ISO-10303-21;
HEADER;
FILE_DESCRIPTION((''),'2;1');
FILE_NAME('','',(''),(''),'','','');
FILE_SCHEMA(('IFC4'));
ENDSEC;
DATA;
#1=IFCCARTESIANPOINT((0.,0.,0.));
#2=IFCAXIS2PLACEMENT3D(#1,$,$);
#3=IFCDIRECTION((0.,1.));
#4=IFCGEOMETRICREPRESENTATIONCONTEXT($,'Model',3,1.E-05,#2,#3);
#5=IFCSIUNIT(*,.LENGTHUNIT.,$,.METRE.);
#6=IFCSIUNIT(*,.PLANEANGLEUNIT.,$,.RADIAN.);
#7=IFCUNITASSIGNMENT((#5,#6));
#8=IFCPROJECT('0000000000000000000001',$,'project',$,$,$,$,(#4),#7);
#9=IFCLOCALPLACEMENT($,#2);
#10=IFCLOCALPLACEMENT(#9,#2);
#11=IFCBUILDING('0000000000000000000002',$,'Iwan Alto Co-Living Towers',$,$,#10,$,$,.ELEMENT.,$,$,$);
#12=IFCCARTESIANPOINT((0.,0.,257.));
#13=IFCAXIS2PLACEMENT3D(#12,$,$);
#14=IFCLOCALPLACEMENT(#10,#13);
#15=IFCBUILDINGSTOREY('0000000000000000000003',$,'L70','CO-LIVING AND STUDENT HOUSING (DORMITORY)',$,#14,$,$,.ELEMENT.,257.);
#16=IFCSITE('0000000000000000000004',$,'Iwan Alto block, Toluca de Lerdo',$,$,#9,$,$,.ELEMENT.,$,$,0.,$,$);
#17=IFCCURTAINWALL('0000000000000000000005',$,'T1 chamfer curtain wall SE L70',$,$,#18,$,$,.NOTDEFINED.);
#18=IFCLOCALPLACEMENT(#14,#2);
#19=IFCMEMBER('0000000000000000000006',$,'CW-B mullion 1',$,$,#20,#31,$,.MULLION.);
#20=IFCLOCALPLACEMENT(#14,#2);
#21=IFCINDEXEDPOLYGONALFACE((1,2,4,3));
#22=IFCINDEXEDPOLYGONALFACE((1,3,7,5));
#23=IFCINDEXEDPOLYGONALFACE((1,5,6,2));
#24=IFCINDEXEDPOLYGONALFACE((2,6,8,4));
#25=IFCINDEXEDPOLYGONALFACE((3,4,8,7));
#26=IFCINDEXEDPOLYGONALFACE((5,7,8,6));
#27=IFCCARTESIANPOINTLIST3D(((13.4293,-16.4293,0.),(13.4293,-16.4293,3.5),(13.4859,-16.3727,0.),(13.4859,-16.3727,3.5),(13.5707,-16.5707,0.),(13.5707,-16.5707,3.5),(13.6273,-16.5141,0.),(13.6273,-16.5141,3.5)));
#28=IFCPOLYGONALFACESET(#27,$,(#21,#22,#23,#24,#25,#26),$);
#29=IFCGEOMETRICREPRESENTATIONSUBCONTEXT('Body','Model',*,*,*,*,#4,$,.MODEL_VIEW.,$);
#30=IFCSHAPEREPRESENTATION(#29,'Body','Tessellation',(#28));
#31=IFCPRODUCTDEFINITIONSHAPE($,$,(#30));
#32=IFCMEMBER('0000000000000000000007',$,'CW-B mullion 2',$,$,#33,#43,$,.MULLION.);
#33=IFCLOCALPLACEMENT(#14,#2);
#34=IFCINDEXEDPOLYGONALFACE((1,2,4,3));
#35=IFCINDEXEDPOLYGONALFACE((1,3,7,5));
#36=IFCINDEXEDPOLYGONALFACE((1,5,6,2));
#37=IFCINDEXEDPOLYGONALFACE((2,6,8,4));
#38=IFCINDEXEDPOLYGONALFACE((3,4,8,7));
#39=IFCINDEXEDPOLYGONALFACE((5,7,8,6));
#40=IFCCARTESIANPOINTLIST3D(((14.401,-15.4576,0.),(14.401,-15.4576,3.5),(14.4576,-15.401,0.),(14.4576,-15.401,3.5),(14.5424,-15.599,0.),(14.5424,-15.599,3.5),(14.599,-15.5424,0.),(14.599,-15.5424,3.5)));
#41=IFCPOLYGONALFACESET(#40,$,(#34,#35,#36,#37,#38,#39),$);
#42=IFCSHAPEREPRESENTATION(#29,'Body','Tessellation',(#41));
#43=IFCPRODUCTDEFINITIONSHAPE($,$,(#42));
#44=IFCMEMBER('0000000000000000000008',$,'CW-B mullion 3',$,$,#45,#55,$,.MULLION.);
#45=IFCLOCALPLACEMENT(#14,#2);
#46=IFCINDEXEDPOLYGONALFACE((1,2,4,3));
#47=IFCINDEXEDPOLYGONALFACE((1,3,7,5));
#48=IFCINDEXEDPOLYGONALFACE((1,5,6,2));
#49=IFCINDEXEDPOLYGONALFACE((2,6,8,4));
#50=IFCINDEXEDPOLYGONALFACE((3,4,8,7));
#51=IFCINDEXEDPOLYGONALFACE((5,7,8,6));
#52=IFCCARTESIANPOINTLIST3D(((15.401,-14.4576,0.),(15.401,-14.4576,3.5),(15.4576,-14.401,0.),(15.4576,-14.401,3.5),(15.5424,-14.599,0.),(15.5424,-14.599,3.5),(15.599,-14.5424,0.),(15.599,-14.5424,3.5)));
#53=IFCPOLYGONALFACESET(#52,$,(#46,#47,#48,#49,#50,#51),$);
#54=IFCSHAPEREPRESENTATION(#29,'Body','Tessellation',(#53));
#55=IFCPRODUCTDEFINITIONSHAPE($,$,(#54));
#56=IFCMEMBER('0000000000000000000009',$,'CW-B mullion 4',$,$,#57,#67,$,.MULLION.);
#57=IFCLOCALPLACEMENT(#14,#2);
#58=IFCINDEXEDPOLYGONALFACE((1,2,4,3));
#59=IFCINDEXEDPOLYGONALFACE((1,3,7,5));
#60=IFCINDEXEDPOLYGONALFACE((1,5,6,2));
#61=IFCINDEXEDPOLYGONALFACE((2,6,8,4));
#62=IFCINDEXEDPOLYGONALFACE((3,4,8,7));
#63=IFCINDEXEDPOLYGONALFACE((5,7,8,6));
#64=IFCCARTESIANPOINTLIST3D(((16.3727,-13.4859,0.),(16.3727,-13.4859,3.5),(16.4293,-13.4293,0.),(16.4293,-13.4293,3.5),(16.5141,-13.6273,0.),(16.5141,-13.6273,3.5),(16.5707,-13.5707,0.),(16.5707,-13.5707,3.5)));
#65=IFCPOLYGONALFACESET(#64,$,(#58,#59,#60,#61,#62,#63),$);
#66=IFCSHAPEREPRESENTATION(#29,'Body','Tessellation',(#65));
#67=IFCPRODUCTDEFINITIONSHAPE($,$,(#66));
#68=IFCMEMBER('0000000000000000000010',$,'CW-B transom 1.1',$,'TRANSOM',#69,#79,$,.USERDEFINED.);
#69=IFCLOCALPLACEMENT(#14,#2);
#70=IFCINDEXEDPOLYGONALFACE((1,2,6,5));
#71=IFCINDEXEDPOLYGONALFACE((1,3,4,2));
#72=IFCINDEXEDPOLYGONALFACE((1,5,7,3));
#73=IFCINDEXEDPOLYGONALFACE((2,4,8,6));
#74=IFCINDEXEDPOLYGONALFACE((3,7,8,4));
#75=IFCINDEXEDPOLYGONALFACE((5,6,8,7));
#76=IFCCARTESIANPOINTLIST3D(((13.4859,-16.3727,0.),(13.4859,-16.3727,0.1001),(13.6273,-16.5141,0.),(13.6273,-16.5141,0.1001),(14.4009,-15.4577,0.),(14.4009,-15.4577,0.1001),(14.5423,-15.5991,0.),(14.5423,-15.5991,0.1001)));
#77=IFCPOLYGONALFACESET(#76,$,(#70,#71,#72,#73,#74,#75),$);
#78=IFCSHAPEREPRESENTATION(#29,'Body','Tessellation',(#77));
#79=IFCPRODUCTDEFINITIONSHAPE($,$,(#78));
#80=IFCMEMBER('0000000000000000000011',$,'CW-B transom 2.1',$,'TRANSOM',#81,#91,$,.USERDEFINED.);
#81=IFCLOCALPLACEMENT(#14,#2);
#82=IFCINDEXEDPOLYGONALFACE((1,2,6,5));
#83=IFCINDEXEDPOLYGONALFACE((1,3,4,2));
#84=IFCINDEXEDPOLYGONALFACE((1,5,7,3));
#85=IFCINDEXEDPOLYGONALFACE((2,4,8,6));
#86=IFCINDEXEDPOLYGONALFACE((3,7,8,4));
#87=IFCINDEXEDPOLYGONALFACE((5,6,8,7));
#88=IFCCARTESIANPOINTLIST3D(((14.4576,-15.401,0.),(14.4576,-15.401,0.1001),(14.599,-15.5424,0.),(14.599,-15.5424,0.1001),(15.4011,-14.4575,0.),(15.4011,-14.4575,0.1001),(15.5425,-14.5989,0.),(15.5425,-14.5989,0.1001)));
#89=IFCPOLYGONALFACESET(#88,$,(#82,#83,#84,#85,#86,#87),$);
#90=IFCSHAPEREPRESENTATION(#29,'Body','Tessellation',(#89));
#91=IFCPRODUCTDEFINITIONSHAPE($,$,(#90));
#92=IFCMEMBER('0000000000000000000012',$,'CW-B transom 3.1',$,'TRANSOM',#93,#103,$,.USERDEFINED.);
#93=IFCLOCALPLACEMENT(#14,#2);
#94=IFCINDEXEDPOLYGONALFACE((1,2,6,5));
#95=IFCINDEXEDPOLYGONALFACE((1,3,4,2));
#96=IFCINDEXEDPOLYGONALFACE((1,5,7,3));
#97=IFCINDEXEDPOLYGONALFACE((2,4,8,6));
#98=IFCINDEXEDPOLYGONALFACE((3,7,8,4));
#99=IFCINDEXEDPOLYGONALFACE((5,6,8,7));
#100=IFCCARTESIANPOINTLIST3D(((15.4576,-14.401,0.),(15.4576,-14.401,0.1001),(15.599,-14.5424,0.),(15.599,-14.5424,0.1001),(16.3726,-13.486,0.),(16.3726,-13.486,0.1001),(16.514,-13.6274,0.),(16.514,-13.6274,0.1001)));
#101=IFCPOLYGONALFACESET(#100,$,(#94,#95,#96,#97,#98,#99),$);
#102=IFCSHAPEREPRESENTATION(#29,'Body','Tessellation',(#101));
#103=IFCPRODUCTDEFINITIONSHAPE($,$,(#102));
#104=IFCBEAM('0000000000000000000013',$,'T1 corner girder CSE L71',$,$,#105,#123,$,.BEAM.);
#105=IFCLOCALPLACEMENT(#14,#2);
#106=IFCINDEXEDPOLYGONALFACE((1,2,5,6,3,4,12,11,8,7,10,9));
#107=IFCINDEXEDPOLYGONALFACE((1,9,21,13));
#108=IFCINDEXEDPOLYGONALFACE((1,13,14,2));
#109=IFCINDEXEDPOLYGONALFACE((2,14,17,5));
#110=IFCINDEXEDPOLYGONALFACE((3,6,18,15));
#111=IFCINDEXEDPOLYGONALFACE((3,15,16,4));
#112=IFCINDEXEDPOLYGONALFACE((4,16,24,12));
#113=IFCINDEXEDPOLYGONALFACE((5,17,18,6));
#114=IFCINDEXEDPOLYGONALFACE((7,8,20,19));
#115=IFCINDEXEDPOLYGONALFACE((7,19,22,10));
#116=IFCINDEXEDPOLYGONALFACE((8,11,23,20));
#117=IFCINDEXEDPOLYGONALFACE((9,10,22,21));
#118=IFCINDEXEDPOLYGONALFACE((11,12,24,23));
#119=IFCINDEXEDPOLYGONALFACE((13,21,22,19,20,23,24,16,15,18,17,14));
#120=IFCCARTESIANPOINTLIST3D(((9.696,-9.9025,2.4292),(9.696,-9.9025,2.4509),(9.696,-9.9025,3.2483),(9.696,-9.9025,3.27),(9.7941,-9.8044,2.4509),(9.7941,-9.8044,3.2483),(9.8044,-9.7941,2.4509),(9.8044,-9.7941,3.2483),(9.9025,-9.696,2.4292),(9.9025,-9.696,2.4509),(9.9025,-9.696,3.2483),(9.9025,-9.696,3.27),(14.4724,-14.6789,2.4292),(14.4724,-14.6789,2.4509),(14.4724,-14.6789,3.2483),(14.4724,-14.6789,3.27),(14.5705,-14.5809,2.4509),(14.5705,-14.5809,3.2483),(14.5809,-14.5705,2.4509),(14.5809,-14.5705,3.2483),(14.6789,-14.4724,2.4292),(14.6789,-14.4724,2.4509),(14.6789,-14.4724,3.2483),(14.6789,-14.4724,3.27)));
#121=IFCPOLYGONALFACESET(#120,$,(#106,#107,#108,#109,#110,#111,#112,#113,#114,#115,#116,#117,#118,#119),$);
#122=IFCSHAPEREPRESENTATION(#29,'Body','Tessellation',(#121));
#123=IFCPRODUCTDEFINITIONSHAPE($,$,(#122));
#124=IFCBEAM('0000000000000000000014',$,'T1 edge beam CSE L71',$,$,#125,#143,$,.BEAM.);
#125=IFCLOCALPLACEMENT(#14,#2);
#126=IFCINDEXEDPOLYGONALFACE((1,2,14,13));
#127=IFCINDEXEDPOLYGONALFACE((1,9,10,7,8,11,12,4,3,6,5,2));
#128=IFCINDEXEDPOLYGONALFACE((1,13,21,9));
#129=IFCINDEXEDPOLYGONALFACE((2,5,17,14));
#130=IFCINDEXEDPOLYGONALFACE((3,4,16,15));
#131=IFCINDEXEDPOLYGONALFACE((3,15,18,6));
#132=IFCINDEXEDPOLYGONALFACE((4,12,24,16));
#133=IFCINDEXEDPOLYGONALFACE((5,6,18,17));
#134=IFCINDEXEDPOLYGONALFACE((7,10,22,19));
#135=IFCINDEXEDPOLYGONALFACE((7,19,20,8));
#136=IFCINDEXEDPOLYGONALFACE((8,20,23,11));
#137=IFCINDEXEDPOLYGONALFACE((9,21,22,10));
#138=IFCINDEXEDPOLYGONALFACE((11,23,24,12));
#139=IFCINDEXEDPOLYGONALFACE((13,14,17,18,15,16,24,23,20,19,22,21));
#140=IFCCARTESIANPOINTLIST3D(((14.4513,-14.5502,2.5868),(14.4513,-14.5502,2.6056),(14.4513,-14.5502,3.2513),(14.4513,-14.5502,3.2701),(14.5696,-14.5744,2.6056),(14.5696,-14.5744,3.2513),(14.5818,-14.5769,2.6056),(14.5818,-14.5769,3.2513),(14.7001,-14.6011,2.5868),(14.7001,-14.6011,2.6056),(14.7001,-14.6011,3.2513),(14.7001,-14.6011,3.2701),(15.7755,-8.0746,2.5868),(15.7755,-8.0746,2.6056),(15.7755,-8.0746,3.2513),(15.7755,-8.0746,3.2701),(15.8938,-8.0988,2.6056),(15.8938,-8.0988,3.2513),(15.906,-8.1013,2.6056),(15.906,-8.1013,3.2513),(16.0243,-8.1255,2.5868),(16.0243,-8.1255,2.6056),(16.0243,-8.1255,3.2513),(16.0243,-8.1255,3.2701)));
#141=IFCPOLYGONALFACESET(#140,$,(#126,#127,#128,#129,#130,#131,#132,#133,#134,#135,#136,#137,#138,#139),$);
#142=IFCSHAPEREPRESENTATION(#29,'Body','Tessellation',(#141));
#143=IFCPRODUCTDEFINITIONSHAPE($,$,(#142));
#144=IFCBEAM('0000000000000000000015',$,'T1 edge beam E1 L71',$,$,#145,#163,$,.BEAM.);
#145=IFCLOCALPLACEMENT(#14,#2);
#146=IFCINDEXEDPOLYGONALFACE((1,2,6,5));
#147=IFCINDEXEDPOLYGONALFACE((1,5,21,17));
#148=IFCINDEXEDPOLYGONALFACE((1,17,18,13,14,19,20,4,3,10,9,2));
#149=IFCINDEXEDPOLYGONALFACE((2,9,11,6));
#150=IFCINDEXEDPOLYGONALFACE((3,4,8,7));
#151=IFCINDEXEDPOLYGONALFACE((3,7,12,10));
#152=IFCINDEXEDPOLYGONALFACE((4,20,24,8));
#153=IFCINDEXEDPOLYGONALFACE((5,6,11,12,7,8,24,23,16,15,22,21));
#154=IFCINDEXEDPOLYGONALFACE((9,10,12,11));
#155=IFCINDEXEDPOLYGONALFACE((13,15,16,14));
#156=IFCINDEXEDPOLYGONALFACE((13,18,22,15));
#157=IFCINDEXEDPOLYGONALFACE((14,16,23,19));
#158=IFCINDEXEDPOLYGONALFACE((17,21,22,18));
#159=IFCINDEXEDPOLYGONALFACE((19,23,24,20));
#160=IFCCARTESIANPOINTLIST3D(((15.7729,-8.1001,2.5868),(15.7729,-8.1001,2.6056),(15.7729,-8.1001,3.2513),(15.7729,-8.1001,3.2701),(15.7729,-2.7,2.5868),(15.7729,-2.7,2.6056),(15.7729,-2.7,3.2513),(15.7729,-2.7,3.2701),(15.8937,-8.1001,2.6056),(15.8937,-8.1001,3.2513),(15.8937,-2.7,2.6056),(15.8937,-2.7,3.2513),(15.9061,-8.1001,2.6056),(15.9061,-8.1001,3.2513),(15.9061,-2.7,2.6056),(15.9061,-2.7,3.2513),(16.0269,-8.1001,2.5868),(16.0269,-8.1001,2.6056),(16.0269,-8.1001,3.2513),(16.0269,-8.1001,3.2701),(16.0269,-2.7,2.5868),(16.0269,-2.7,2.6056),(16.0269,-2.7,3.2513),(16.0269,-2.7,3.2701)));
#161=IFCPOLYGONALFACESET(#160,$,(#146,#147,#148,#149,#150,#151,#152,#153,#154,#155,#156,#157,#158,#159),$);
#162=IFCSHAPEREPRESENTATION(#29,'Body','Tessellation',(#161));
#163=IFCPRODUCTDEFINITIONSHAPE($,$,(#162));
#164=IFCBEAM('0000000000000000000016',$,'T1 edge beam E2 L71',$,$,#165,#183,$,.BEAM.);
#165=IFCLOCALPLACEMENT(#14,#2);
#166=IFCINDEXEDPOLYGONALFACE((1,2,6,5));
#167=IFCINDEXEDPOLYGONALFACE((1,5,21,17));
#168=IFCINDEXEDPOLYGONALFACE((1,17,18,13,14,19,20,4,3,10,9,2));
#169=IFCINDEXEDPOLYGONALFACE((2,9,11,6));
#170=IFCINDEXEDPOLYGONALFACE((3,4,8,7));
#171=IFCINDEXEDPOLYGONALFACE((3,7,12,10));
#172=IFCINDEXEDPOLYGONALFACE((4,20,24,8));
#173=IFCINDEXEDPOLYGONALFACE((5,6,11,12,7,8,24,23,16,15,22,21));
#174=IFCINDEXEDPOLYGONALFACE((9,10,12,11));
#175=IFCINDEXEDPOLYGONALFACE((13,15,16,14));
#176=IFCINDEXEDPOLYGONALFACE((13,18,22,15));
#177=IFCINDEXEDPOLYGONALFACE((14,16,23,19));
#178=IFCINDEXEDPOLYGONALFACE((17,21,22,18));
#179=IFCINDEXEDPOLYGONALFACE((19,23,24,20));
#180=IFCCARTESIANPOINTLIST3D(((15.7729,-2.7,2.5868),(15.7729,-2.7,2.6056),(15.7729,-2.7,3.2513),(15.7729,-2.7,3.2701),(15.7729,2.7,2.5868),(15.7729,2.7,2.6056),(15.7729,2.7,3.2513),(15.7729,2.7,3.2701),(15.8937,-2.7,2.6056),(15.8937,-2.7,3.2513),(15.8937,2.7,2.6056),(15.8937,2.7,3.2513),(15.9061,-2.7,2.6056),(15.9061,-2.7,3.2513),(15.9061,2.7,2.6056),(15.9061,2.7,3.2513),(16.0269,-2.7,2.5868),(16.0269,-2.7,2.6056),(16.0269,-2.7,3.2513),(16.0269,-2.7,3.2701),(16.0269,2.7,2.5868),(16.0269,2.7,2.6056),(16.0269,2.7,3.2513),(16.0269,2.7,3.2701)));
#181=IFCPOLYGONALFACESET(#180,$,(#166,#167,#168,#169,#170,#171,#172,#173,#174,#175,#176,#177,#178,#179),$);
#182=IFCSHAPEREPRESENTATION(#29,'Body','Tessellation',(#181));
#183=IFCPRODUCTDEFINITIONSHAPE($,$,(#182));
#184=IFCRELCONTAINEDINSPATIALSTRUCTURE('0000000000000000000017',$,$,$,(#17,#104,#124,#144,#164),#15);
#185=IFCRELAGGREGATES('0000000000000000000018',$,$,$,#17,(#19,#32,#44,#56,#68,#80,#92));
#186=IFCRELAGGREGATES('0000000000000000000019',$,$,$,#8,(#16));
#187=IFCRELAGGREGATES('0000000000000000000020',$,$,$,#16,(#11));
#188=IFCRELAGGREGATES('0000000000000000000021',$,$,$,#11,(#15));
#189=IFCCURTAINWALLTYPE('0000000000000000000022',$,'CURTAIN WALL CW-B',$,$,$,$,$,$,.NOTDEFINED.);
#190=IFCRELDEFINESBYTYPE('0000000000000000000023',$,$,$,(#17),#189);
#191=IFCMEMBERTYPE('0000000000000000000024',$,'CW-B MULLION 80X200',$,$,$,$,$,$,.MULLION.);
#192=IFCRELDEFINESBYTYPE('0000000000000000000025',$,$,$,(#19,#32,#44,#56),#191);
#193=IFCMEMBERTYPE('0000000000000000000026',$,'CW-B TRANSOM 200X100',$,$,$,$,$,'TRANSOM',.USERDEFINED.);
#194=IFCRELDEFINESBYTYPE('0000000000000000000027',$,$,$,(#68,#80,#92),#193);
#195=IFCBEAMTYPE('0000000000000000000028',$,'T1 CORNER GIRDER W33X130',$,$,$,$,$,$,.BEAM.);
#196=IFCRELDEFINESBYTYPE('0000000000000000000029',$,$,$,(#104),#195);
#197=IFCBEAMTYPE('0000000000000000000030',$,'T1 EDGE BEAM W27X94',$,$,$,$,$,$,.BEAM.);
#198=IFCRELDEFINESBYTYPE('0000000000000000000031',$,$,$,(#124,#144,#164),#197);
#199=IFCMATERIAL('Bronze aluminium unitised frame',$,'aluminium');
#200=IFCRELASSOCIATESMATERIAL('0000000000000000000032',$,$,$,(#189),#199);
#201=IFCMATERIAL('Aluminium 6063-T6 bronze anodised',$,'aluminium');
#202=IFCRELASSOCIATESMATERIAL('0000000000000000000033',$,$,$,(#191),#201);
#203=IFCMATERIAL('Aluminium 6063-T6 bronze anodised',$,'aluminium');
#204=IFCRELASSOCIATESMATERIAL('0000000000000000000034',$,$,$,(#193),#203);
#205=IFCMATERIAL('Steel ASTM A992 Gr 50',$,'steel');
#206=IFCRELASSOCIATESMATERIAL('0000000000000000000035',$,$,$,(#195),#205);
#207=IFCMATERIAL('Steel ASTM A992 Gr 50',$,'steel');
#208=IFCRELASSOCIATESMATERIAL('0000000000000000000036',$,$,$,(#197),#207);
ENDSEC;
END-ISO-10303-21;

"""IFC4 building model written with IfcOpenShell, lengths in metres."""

from ifc_helpers import new_model, si_unit, direction, frame, origin, origin_2d, place, context, subcontext, project, spatial, rectangle, i_section, extrude, material, material_profile, profile_set, type_object, element, aggregate, save


model = new_model("IFC4")

# Units and contexts
model_context = context("Model", 3, precision=1e-05, world=origin(), true_north=direction((0.0, 1.0)))
body_context = subcontext(model_context, "Body", "Model", "MODEL_VIEW")
ifc_project = project(units=[si_unit("LENGTHUNIT", "METRE"), si_unit("PLANEANGLEUNIT", "RADIAN")], contexts=[model_context])

# Site, building, storey
site_placement = place(None, origin())
site = spatial("IfcSite", under=ifc_project, at=site_placement, Name="Iwan Alto block, Toluca de Lerdo", CompositionType="ELEMENT", RefElevation=0.0)
building_placement = place(site_placement, origin())
building = spatial("IfcBuilding", under=site, at=building_placement, Name="Iwan Alto Co-Living Towers", CompositionType="ELEMENT")
storey_placement = place(building_placement, frame((0.0, 0.0, 257.0)))
storey = spatial("IfcBuildingStorey", under=building, at=storey_placement, Name="L70", Description="CO-LIVING AND STUDENT HOUSING (DORMITORY)", CompositionType="ELEMENT", Elevation=257.0)

# Curtain wall, members
ifc_material_1 = material(Name="Bronze aluminium unitised frame", Category="aluminium")
curtain_wall_type_1 = type_object("IfcCurtainWallType", Name="CURTAIN WALL CW-B", PredefinedType="NOTDEFINED", material=ifc_material_1)
curtain_wall_1_placement = place(storey_placement, origin())
curtain_wall_1 = element("IfcCurtainWall", 1, at=curtain_wall_1_placement, inside=storey, type_object=curtain_wall_type_1, Name="T1 chamfer curtain wall SE L70", PredefinedType="NOTDEFINED")
ifc_material_2 = material(Name="Aluminium 6063-T6 bronze anodised", Category="aluminium")
ifc_material_profile_1 = material_profile(ifc_material_2, rectangle(XDim=0.2, YDim=0.0801, at=origin_2d()), Name="AL 80X200")
ifc_profile_set_1 = profile_set([ifc_material_profile_1], Name="Aluminium 6063-T6 bronze anodised")
member_type_1 = type_object("IfcMemberType", Name="CW-B MULLION 80X200", PredefinedType="MULLION", material=ifc_profile_set_1)
member_1_placement = place(storey_placement, frame((13.5283, -16.4717, 0.0), z_axis=(0.0, 0.0, 1.0), x_axis=(-0.707107, 0.707107, 0.0)))
member_1 = element("IfcMember", 2, at=member_1_placement, type_object=member_type_1, Name="CW-B mullion 1", PredefinedType="MULLION", context=body_context, shape_type="SweptSolid", body=[
    extrude(rectangle(XDim=0.2, YDim=0.0801, at=origin_2d()), origin(), (0.0, 0.0, 1.0), 3.5),
])
member_2_placement = place(storey_placement, frame((14.5, -15.5, 0.0), z_axis=(0.0, 0.0, 1.0), x_axis=(-0.707107, 0.707107, 0.0)))
member_2 = element("IfcMember", 3, at=member_2_placement, type_object=member_type_1, Name="CW-B mullion 2", PredefinedType="MULLION", context=body_context, shape_type="SweptSolid", body=[
    extrude(rectangle(XDim=0.2, YDim=0.0801, at=origin_2d()), origin(), (0.0, 0.0, 1.0), 3.5),
])
member_3_placement = place(storey_placement, frame((15.5, -14.5, 0.0), z_axis=(0.0, 0.0, 1.0), x_axis=(-0.707107, 0.707107, 0.0)))
member_3 = element("IfcMember", 4, at=member_3_placement, type_object=member_type_1, Name="CW-B mullion 3", PredefinedType="MULLION", context=body_context, shape_type="SweptSolid", body=[
    extrude(rectangle(XDim=0.2, YDim=0.0801, at=origin_2d()), origin(), (0.0, 0.0, 1.0), 3.5),
])
member_4_placement = place(storey_placement, frame((16.4717, -13.5283, 0.0), z_axis=(0.0, 0.0, 1.0), x_axis=(-0.707107, 0.707107, 0.0)))
member_4 = element("IfcMember", 5, at=member_4_placement, type_object=member_type_1, Name="CW-B mullion 4", PredefinedType="MULLION", context=body_context, shape_type="SweptSolid", body=[
    extrude(rectangle(XDim=0.2, YDim=0.0801, at=origin_2d()), origin(), (0.0, 0.0, 1.0), 3.5),
])
ifc_material_3 = material(Name="Aluminium 6063-T6 bronze anodised", Category="aluminium")
ifc_material_profile_2 = material_profile(ifc_material_3, rectangle(XDim=0.2, YDim=0.1001, at=origin_2d()), Name="AL 200X100")
ifc_profile_set_2 = profile_set([ifc_material_profile_2], Name="Aluminium 6063-T6 bronze anodised")
member_type_2 = type_object("IfcMemberType", Name="CW-B TRANSOM 200X100", ElementType="TRANSOM", PredefinedType="USERDEFINED", material=ifc_profile_set_2)
member_5_placement = place(storey_placement, frame((13.5566, -16.4434, 0.05), z_axis=(0.707107, 0.707107, 0.0), x_axis=(-0.707107, 0.707107, 0.0)))
member_5 = element("IfcMember", 6, at=member_5_placement, type_object=member_type_2, Name="CW-B transom 1.1", ObjectType="TRANSOM", PredefinedType="USERDEFINED", context=body_context, shape_type="SweptSolid", body=[
    extrude(rectangle(XDim=0.2, YDim=0.1001, at=origin_2d()), origin(), (0.0, 0.0, 1.0), 1.2939),
])
member_6_placement = place(storey_placement, frame((14.5283, -15.4717, 0.05), z_axis=(0.707107, 0.707107, 0.0), x_axis=(-0.707107, 0.707107, 0.0)))
member_6 = element("IfcMember", 7, at=member_6_placement, type_object=member_type_2, Name="CW-B transom 2.1", ObjectType="TRANSOM", PredefinedType="USERDEFINED", context=body_context, shape_type="SweptSolid", body=[
    extrude(rectangle(XDim=0.2, YDim=0.1001, at=origin_2d()), origin(), (0.0, 0.0, 1.0), 1.3342),
])
member_7_placement = place(storey_placement, frame((15.5283, -14.4717, 0.05), z_axis=(0.707107, 0.707107, 0.0), x_axis=(-0.707107, 0.707107, 0.0)))
member_7 = element("IfcMember", 8, at=member_7_placement, type_object=member_type_2, Name="CW-B transom 3.1", ObjectType="TRANSOM", PredefinedType="USERDEFINED", context=body_context, shape_type="SweptSolid", body=[
    extrude(rectangle(XDim=0.2, YDim=0.1001, at=origin_2d()), origin(), (0.0, 0.0, 1.0), 1.2939),
])

# Beams
ifc_material_4 = material(Name="Steel ASTM A992 Gr 50", Category="steel")
ifc_material_profile_3 = material_profile(ifc_material_4, i_section(OverallWidth=0.292, OverallDepth=0.8408, WebThickness=0.0146, FlangeThickness=0.0217, at=origin_2d()), Name="W33X130")
ifc_profile_set_3 = profile_set([ifc_material_profile_3], Name="Steel ASTM A992 Gr 50")
beam_type_1 = type_object("IfcBeamType", Name="T1 CORNER GIRDER W33X130", PredefinedType="BEAM", material=ifc_profile_set_3)
beam_1_placement = place(storey_placement, frame((14.5757, -14.5757, 2.8496), z_axis=(-0.707107, 0.707107, 0.0), x_axis=(-0.707107, -0.707107, 0.0)))
element("IfcBeam", 9, at=beam_1_placement, inside=storey, type_object=beam_type_1, Name="T1 corner girder CSE L71", PredefinedType="BEAM", context=body_context, shape_type="SweptSolid", body=[
    extrude(i_section(OverallWidth=0.292, OverallDepth=0.8408, WebThickness=0.0146, FlangeThickness=0.0217, at=origin_2d()), origin(), (0.0, 0.0, 1.0), 6.7549),
])
ifc_material_5 = material(Name="Steel ASTM A992 Gr 50", Category="steel")
ifc_material_profile_4 = material_profile(ifc_material_5, i_section(OverallWidth=0.2539, OverallDepth=0.6833, WebThickness=0.0125, FlangeThickness=0.0188, at=origin_2d()), Name="W27X94")
ifc_profile_set_4 = profile_set([ifc_material_profile_4], Name="Steel ASTM A992 Gr 50")
beam_type_2 = type_object("IfcBeamType", Name="T1 EDGE BEAM W27X94", PredefinedType="BEAM", material=ifc_profile_set_4)
beam_2_placement = place(storey_placement, frame((14.5757, -14.5757, 2.9285), z_axis=(0.200348, 0.979725, 0.0), x_axis=(-0.979725, 0.200348, 0.0)))
element("IfcBeam", 10, at=beam_2_placement, inside=storey, type_object=beam_type_2, Name="T1 edge beam CSE L71", PredefinedType="BEAM", context=body_context, shape_type="SweptSolid", body=[
    extrude(i_section(OverallWidth=0.2539, OverallDepth=0.6833, WebThickness=0.0125, FlangeThickness=0.0188, at=origin_2d()), origin(), (0.0, 0.0, 1.0), 6.6096),
])
beam_3_placement = place(storey_placement, frame((15.8999, -8.1001, 2.9285), z_axis=(0.0, 1.0, 0.0), x_axis=(-1.0, 0.0, 0.0)))
element("IfcBeam", 11, at=beam_3_placement, inside=storey, type_object=beam_type_2, Name="T1 edge beam E1 L71", PredefinedType="BEAM", context=body_context, shape_type="SweptSolid", body=[
    extrude(i_section(OverallWidth=0.2539, OverallDepth=0.6833, WebThickness=0.0125, FlangeThickness=0.0188, at=origin_2d()), origin(), (0.0, 0.0, 1.0), 5.4001),
])
beam_4_placement = place(storey_placement, frame((15.8999, -2.7, 2.9285), z_axis=(0.0, 1.0, 0.0), x_axis=(-1.0, 0.0, 0.0)))
element("IfcBeam", 12, at=beam_4_placement, inside=storey, type_object=beam_type_2, Name="T1 edge beam E2 L71", PredefinedType="BEAM", context=body_context, shape_type="SweptSolid", body=[
    extrude(i_section(OverallWidth=0.2539, OverallDepth=0.6833, WebThickness=0.0125, FlangeThickness=0.0188, at=origin_2d()), origin(), (0.0, 0.0, 1.0), 5.3999),
])

aggregate(curtain_wall_1, [member_1, member_2, member_3, member_4, member_5, member_6, member_7])

save(model, "model.ifc")
